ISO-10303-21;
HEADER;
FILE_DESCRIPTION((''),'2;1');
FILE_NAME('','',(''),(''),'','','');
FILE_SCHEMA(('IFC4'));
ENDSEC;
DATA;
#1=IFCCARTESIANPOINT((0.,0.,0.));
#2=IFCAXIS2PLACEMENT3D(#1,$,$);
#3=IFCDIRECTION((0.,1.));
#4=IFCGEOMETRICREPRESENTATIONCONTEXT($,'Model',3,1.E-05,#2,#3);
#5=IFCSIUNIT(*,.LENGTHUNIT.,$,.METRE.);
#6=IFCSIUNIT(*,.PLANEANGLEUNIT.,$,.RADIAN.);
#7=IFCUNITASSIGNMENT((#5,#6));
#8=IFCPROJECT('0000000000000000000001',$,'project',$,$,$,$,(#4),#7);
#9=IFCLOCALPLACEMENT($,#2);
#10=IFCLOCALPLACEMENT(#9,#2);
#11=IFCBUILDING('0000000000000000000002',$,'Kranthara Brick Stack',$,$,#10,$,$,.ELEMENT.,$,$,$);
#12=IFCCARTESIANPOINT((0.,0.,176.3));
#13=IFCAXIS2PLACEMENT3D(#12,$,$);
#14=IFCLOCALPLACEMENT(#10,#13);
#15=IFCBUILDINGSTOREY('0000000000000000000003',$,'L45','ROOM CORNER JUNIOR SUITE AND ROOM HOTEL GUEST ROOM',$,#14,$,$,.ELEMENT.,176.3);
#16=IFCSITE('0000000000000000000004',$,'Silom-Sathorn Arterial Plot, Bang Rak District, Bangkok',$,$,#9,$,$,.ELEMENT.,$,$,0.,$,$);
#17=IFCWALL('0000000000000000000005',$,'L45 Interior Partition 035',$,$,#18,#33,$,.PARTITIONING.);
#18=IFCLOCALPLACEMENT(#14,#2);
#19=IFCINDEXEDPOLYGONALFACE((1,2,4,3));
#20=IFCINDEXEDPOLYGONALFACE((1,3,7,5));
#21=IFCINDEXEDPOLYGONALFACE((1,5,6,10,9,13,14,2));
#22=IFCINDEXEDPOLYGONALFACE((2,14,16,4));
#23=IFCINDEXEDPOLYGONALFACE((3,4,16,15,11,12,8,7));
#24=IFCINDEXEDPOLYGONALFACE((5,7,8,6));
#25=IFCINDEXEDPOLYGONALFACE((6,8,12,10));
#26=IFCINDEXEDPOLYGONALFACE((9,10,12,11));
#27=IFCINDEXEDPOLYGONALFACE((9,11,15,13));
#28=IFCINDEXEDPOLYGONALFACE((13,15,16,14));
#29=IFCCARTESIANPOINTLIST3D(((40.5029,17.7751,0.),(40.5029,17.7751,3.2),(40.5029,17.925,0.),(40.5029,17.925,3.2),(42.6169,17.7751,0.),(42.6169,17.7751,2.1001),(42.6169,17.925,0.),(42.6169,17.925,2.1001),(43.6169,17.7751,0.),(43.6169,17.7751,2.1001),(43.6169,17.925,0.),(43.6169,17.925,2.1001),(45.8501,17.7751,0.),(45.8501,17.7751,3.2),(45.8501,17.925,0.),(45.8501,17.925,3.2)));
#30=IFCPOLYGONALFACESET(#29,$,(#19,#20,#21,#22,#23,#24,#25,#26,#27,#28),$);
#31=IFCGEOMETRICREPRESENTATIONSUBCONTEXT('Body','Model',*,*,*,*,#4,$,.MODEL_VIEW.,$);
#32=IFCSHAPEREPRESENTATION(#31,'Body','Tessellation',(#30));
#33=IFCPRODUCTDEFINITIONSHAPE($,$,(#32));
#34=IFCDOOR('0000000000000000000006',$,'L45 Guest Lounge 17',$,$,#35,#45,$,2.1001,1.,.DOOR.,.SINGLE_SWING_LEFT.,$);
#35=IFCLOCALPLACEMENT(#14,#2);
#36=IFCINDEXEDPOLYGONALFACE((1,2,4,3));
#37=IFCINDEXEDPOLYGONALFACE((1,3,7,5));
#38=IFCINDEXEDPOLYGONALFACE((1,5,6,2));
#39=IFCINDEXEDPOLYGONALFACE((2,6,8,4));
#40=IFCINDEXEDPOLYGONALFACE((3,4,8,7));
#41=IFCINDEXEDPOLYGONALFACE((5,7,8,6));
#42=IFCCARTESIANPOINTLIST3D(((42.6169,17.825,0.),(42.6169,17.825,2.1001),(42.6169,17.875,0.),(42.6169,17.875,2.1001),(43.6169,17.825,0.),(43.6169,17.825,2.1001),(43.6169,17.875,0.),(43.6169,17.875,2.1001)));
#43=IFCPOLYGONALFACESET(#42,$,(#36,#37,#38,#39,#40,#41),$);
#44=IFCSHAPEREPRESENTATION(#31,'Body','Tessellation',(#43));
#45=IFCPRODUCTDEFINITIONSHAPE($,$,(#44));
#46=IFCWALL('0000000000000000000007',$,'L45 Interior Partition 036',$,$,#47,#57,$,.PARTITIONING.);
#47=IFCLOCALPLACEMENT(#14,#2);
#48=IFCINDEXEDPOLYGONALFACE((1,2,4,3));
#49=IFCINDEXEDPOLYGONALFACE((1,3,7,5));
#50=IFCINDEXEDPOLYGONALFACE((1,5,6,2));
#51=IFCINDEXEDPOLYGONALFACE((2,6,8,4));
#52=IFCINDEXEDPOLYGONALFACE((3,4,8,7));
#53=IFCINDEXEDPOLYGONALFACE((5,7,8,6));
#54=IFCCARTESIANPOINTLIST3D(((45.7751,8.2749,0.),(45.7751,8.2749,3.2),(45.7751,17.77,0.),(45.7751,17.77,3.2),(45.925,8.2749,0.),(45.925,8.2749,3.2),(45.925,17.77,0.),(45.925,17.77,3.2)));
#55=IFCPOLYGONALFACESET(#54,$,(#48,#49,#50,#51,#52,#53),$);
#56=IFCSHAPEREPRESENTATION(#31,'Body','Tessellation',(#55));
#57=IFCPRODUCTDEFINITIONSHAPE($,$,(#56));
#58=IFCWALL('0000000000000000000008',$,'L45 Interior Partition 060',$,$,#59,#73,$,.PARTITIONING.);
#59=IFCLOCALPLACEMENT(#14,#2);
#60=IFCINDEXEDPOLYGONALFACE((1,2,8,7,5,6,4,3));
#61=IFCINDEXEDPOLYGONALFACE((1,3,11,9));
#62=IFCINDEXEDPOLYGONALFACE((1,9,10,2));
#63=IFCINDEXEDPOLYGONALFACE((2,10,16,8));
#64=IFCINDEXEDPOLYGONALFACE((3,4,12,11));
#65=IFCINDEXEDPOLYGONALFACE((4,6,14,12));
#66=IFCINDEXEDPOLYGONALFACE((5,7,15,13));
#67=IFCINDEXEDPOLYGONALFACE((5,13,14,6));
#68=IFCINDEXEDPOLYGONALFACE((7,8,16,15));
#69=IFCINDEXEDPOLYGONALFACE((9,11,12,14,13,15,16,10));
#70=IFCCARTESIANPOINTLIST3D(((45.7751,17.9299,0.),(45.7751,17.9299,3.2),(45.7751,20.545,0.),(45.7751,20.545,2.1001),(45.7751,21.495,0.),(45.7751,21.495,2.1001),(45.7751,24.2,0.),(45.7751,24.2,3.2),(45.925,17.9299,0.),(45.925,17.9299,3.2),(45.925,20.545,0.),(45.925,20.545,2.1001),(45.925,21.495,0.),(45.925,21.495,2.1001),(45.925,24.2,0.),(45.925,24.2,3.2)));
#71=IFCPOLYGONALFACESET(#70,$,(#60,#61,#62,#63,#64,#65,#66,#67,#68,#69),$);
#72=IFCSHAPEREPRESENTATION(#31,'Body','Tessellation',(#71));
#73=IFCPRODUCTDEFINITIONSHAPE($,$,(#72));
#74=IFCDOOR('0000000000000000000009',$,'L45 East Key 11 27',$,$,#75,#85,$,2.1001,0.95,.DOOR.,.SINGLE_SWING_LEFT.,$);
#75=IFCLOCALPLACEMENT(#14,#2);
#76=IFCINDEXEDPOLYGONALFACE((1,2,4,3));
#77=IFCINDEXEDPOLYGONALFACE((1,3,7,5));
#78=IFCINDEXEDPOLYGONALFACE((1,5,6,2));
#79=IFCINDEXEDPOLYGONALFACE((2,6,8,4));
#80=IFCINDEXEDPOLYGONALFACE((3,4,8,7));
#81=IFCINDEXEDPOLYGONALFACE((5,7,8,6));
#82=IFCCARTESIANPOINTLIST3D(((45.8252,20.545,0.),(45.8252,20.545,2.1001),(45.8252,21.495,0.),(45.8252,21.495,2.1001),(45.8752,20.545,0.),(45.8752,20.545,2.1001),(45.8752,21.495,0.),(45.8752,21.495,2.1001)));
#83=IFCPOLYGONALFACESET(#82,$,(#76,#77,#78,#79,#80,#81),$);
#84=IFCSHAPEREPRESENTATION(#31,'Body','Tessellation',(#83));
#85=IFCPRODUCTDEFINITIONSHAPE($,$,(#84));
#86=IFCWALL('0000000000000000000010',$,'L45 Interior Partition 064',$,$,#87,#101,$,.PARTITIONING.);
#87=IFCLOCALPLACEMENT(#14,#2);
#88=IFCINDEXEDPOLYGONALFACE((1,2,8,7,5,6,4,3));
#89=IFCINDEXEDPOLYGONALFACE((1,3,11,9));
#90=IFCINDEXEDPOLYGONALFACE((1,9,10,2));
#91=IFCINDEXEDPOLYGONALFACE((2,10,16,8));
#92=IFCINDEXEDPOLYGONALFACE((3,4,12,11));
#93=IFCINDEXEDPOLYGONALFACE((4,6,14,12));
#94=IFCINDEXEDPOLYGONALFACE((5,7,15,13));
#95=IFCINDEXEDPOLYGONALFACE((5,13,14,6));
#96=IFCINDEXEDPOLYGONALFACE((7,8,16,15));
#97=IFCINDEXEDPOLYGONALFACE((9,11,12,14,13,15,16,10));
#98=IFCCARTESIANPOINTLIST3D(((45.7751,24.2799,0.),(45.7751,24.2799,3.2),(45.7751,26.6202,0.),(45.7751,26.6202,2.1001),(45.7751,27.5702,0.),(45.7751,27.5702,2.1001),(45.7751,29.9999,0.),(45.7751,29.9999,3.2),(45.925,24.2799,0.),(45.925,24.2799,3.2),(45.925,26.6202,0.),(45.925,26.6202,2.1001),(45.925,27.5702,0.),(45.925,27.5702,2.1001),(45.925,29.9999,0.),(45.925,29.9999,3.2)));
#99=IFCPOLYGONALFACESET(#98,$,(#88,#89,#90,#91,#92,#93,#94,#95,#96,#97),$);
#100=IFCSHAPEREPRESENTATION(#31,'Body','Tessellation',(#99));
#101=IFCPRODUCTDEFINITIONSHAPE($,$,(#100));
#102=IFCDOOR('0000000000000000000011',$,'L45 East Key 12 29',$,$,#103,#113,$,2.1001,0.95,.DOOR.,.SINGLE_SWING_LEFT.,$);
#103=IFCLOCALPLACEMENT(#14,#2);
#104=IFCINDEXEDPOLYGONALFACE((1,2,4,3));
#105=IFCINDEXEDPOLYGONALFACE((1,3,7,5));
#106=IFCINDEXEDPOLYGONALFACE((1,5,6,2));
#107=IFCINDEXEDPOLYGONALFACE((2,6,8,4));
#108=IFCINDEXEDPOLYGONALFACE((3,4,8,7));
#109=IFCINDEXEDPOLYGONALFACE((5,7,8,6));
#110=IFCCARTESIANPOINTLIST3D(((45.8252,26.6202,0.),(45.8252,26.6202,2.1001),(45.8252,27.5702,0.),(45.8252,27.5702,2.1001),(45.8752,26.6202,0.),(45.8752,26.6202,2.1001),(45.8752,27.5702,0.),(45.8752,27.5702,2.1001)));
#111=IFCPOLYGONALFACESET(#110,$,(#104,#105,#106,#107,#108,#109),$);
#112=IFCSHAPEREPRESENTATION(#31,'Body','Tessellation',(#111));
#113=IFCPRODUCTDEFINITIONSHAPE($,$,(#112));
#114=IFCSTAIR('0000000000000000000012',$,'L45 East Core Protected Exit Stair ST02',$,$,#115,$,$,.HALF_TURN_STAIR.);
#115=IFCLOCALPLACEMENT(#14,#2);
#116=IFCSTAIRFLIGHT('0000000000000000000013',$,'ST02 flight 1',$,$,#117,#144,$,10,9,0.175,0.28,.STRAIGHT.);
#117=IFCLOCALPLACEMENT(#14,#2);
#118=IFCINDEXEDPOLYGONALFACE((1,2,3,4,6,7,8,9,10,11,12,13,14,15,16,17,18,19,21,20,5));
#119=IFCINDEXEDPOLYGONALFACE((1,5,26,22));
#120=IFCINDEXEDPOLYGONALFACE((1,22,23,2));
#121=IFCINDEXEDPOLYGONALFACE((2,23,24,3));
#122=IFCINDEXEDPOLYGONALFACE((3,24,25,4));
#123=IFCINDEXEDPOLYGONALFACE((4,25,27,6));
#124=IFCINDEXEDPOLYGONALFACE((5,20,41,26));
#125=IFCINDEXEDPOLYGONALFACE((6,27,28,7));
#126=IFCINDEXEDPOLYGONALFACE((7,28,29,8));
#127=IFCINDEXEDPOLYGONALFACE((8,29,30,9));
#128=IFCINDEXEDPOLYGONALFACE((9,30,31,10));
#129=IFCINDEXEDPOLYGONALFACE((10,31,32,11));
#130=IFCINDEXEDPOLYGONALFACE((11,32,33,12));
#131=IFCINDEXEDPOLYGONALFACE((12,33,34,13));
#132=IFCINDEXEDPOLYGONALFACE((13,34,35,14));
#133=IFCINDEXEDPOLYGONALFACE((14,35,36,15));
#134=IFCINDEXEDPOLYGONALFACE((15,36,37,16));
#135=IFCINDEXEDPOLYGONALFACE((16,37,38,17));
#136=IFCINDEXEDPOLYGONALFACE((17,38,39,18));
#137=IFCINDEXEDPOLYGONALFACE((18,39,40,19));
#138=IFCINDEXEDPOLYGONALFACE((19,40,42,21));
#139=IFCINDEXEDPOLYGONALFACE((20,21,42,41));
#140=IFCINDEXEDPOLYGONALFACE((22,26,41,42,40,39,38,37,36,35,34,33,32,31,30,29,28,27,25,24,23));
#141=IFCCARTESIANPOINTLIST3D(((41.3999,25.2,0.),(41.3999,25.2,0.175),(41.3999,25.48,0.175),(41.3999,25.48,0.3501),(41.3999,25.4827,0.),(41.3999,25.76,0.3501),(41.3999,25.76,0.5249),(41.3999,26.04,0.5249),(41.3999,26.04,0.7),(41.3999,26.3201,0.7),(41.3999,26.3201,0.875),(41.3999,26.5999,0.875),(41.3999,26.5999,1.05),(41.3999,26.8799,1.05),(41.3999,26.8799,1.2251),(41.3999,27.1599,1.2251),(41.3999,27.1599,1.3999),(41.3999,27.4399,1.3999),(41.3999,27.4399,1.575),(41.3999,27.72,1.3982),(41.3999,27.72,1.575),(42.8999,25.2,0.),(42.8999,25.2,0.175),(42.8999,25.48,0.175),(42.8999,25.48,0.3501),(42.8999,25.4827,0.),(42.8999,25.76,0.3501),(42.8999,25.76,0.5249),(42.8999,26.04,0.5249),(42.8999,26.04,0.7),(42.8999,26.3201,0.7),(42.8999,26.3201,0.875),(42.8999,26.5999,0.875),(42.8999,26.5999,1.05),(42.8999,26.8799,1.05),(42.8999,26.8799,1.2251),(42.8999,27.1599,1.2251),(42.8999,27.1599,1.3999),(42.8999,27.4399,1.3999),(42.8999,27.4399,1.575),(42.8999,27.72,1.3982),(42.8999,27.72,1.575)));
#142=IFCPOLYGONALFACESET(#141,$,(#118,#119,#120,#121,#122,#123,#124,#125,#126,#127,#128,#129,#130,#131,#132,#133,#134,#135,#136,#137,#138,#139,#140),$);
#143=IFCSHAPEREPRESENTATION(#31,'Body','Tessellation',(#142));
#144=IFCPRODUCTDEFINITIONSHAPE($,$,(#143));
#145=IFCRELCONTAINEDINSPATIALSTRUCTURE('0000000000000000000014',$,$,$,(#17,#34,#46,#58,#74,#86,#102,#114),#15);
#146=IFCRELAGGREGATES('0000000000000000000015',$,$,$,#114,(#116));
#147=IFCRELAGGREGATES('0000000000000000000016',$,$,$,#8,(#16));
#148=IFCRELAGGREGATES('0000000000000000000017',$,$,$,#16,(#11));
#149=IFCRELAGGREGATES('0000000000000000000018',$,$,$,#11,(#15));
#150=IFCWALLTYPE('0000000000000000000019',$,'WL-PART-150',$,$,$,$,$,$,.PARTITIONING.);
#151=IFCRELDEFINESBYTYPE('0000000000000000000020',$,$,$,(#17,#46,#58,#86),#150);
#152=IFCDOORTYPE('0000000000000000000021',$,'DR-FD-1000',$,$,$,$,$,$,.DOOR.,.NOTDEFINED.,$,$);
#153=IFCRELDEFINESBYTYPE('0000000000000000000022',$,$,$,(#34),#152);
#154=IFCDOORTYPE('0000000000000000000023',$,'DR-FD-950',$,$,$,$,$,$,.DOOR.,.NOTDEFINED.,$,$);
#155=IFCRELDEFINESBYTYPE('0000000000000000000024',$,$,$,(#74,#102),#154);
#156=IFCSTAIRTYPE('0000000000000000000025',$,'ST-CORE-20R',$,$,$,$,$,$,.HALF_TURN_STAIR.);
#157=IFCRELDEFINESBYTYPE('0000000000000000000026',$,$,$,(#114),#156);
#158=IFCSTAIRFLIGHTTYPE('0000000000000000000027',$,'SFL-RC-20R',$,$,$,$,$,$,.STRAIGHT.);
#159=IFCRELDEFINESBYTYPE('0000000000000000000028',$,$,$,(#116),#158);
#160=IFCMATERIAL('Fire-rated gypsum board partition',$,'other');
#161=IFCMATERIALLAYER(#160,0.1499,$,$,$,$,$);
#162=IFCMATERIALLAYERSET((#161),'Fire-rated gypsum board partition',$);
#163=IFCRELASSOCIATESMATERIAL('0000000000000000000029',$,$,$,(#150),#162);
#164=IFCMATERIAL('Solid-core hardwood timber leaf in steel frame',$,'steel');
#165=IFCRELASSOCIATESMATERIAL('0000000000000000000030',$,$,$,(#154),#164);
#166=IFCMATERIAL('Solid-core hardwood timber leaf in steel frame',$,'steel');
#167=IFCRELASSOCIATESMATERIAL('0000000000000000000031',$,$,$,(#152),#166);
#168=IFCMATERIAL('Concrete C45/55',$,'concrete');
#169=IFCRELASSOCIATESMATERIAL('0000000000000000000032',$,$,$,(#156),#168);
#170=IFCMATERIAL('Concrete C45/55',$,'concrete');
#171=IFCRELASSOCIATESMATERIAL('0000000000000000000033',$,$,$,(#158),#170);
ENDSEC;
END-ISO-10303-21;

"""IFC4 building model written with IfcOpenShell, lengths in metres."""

from ifc_helpers import new_model, si_unit, direction, frame, frame_2d, origin, place, context, subcontext, project, spatial, polyline, rectangle, outline, extrude, material, layer, layer_set, type_object, element, fill, aggregate, save


model = new_model("IFC4")

# Units and contexts
model_context = context("Model", 3, precision=1e-05, world=origin(), true_north=direction((0.0, 1.0)))
body_context = subcontext(model_context, "Body", "Model", "MODEL_VIEW")
ifc_project = project(units=[si_unit("LENGTHUNIT", "METRE"), si_unit("PLANEANGLEUNIT", "RADIAN")], contexts=[model_context])

# Site, building, storey
site_placement = place(None, origin())
site = spatial("IfcSite", under=ifc_project, at=site_placement, Name="Silom-Sathorn Arterial Plot, Bang Rak District, Bangkok", CompositionType="ELEMENT", RefElevation=0.0)
building_placement = place(site_placement, origin())
building = spatial("IfcBuilding", under=site, at=building_placement, Name="Kranthara Brick Stack", CompositionType="ELEMENT")
storey_placement = place(building_placement, frame((0.0, 0.0, 176.3)))
storey = spatial("IfcBuildingStorey", under=building, at=storey_placement, Name="L45", Description="ROOM CORNER JUNIOR SUITE AND ROOM HOTEL GUEST ROOM", CompositionType="ELEMENT", Elevation=176.3)

# Shared definitions
ifc_material_1 = material(Name="Fire-rated gypsum board partition", Category="other")
ifc_layer_1 = layer(ifc_material_1, 0.1499)
ifc_layer_set_1 = layer_set([ifc_layer_1], Name="Fire-rated gypsum board partition")
wall_type_1 = type_object("IfcWallType", Name="WL-PART-150", PredefinedType="PARTITIONING", material=ifc_layer_set_1)
ifc_material_2 = material(Name="Solid-core hardwood timber leaf in steel frame", Category="steel")
door_type_1 = type_object("IfcDoorType", Name="DR-FD-950", OperationType="NOTDEFINED", PredefinedType="DOOR", material=ifc_material_2)

# Wall, opening, door
wall_1_placement = place(storey_placement, frame((40.5029, 17.8501, 0.0), z_axis=(0.0, 0.0, 1.0), x_axis=(1.0, 0.0, 0.0)))
wall_1 = element("IfcWall", 1, at=wall_1_placement, inside=storey, type_object=wall_type_1, Name="L45 Interior Partition 035", PredefinedType="PARTITIONING", context=body_context, shape_type="SweptSolid", body=[
    extrude(rectangle(XDim=5.3472, YDim=0.1499, at=frame_2d((2.6736, 0.0))), origin(), (0.0, 0.0, 1.0), 3.2),
])
opening_1_placement = place(wall_1_placement, frame((2.114, 0.0, 0.0)))
opening_1 = element("IfcOpeningElement", 2, at=opening_1_placement, cuts=wall_1, PredefinedType="OPENING", context=body_context, shape_type="SweptSolid", body=[
    extrude(rectangle(XDim=1.0, YDim=2.1001, at=frame_2d((0.5, 1.05))), frame((0.0, 0.085, 0.0), z_axis=(0.0, -1.0, 0.0), x_axis=(1.0, 0.0, 0.0)), (0.0, 0.0, 1.0), 0.1699),
])
ifc_material_3 = material(Name="Solid-core hardwood timber leaf in steel frame", Category="steel")
door_type_2 = type_object("IfcDoorType", Name="DR-FD-1000", OperationType="NOTDEFINED", PredefinedType="DOOR", material=ifc_material_3)
door_1_placement = place(opening_1_placement, origin())
door_1 = element("IfcDoor", 3, at=door_1_placement, inside=storey, type_object=door_type_2, Name="L45 Guest Lounge 17", OperationType="SINGLE_SWING_LEFT", OverallHeight=2.1001, OverallWidth=1.0, PredefinedType="DOOR", context=body_context, shape_type="SweptSolid", body=[
    extrude(rectangle(XDim=1.0, YDim=2.1001, at=frame_2d((0.5, 1.05))), frame((0.0, 0.0249, 0.0), z_axis=(0.0, -1.0, 0.0), x_axis=(1.0, 0.0, 0.0)), (0.0, 0.0, 1.0), 0.05),
])
fill(opening_1, door_1)

# Wall
wall_2_placement = place(storey_placement, frame((45.8501, 8.2749, 0.0), z_axis=(0.0, 0.0, 1.0), x_axis=(0.0, 1.0, 0.0)))
element("IfcWall", 4, at=wall_2_placement, inside=storey, type_object=wall_type_1, Name="L45 Interior Partition 036", PredefinedType="PARTITIONING", context=body_context, shape_type="SweptSolid", body=[
    extrude(rectangle(XDim=9.4951, YDim=0.1499, at=frame_2d((4.7476, 0.0))), origin(), (0.0, 0.0, 1.0), 3.2),
])

# Walls, openings, doors
wall_3_placement = place(storey_placement, frame((45.8501, 17.9299, 0.0), z_axis=(0.0, 0.0, 1.0), x_axis=(0.0, 1.0, 0.0)))
wall_3 = element("IfcWall", 5, at=wall_3_placement, inside=storey, type_object=wall_type_1, Name="L45 Interior Partition 060", PredefinedType="PARTITIONING", context=body_context, shape_type="SweptSolid", body=[
    extrude(rectangle(XDim=6.27, YDim=0.1499, at=frame_2d((3.135, 0.0))), origin(), (0.0, 0.0, 1.0), 3.2),
])
opening_2_placement = place(wall_3_placement, frame((2.615, 0.0, 0.0)))
opening_2 = element("IfcOpeningElement", 6, at=opening_2_placement, cuts=wall_3, PredefinedType="OPENING", context=body_context, shape_type="SweptSolid", body=[
    extrude(rectangle(XDim=0.95, YDim=2.1001, at=frame_2d((0.4751, 1.05))), frame((0.0, 0.085, 0.0), z_axis=(0.0, -1.0, 0.0), x_axis=(1.0, 0.0, 0.0)), (0.0, 0.0, 1.0), 0.1699),
])
door_2_placement = place(opening_2_placement, origin())
door_2 = element("IfcDoor", 7, at=door_2_placement, inside=storey, type_object=door_type_1, Name="L45 East Key 11 27", OperationType="SINGLE_SWING_LEFT", OverallHeight=2.1001, OverallWidth=0.95, PredefinedType="DOOR", context=body_context, shape_type="SweptSolid", body=[
    extrude(rectangle(XDim=0.95, YDim=2.1001, at=frame_2d((0.4751, 1.05))), frame((0.0, 0.0249, 0.0), z_axis=(0.0, -1.0, 0.0), x_axis=(1.0, 0.0, 0.0)), (0.0, 0.0, 1.0), 0.05),
])
fill(opening_2, door_2)
wall_4_placement = place(storey_placement, frame((45.8501, 24.28, 0.0), z_axis=(0.0, 0.0, 1.0), x_axis=(0.0, 1.0, 0.0)))
wall_4 = element("IfcWall", 8, at=wall_4_placement, inside=storey, type_object=wall_type_1, Name="L45 Interior Partition 064", PredefinedType="PARTITIONING", context=body_context, shape_type="SweptSolid", body=[
    extrude(rectangle(XDim=5.72, YDim=0.1499, at=frame_2d((2.8599, 0.0))), origin(), (0.0, 0.0, 1.0), 3.2),
])
opening_3_placement = place(wall_4_placement, frame((2.3401, 0.0, 0.0)))
opening_3 = element("IfcOpeningElement", 9, at=opening_3_placement, cuts=wall_4, PredefinedType="OPENING", context=body_context, shape_type="SweptSolid", body=[
    extrude(rectangle(XDim=0.95, YDim=2.1001, at=frame_2d((0.4751, 1.05))), frame((0.0, 0.085, 0.0), z_axis=(0.0, -1.0, 0.0), x_axis=(1.0, 0.0, 0.0)), (0.0, 0.0, 1.0), 0.1699),
])
door_3_placement = place(opening_3_placement, origin())
door_3 = element("IfcDoor", 10, at=door_3_placement, inside=storey, type_object=door_type_1, Name="L45 East Key 12 29", OperationType="SINGLE_SWING_LEFT", OverallHeight=2.1001, OverallWidth=0.95, PredefinedType="DOOR", context=body_context, shape_type="SweptSolid", body=[
    extrude(rectangle(XDim=0.95, YDim=2.1001, at=frame_2d((0.4751, 1.05))), frame((0.0, 0.0249, 0.0), z_axis=(0.0, -1.0, 0.0), x_axis=(1.0, 0.0, 0.0)), (0.0, 0.0, 1.0), 0.05),
])
fill(opening_3, door_3)

# Stair, stair flight
ifc_material_4 = material(Name="Concrete C45/55", Category="concrete")
stair_type = type_object("IfcStairType", Name="ST-CORE-20R", PredefinedType="HALF_TURN_STAIR", material=ifc_material_4)
stair_placement = place(storey_placement, origin())
stair = element("IfcStair", 11, at=stair_placement, inside=storey, type_object=stair_type, Name="L45 East Core Protected Exit Stair ST02", PredefinedType="HALF_TURN_STAIR")
ifc_material_5 = material(Name="Concrete C45/55", Category="concrete")
stair_flight_type = type_object("IfcStairFlightType", Name="SFL-RC-20R", PredefinedType="STRAIGHT", material=ifc_material_5)
stair_flight_placement = place(storey_placement, frame((42.1499, 25.2, 0.0), z_axis=(0.0, 0.0, 1.0), x_axis=(0.0, 1.0, 0.0)))
stair_flight = element("IfcStairFlight", 12, at=stair_flight_placement, type_object=stair_flight_type, Name="ST02 flight 1", NumberOfRisers=10, NumberOfTreads=9, PredefinedType="STRAIGHT", RiserHeight=0.175, TreadLength=0.28, context=body_context, shape_type="SweptSolid", body=[
    extrude(outline(polyline([(0.0, 0.0), (0.0, 0.175), (0.28, 0.175), (0.28, 0.3501), (0.5601, 0.3501), (0.5601, 0.5249), (0.8401, 0.5249), (0.8401, 0.7), (1.1201, 0.7), (1.1201, 0.875), (1.3999, 0.875), (1.3999, 1.05), (1.6799, 1.05), (1.6799, 1.2251), (1.96, 1.2251), (1.96, 1.3999), (2.24, 1.3999), (2.24, 1.575), (2.52, 1.575), (2.52, 1.75), (2.52, 1.3982), (0.2827, 0.0), (0.0, 0.0)])), frame((0.0, 0.75, 0.0), z_axis=(0.0, -1.0, 0.0), x_axis=(1.0, 0.0, 0.0)), (0.0, 0.0, 1.0), 1.5),
])
aggregate(stair, [stair_flight])

save(model, "model.ifc")
